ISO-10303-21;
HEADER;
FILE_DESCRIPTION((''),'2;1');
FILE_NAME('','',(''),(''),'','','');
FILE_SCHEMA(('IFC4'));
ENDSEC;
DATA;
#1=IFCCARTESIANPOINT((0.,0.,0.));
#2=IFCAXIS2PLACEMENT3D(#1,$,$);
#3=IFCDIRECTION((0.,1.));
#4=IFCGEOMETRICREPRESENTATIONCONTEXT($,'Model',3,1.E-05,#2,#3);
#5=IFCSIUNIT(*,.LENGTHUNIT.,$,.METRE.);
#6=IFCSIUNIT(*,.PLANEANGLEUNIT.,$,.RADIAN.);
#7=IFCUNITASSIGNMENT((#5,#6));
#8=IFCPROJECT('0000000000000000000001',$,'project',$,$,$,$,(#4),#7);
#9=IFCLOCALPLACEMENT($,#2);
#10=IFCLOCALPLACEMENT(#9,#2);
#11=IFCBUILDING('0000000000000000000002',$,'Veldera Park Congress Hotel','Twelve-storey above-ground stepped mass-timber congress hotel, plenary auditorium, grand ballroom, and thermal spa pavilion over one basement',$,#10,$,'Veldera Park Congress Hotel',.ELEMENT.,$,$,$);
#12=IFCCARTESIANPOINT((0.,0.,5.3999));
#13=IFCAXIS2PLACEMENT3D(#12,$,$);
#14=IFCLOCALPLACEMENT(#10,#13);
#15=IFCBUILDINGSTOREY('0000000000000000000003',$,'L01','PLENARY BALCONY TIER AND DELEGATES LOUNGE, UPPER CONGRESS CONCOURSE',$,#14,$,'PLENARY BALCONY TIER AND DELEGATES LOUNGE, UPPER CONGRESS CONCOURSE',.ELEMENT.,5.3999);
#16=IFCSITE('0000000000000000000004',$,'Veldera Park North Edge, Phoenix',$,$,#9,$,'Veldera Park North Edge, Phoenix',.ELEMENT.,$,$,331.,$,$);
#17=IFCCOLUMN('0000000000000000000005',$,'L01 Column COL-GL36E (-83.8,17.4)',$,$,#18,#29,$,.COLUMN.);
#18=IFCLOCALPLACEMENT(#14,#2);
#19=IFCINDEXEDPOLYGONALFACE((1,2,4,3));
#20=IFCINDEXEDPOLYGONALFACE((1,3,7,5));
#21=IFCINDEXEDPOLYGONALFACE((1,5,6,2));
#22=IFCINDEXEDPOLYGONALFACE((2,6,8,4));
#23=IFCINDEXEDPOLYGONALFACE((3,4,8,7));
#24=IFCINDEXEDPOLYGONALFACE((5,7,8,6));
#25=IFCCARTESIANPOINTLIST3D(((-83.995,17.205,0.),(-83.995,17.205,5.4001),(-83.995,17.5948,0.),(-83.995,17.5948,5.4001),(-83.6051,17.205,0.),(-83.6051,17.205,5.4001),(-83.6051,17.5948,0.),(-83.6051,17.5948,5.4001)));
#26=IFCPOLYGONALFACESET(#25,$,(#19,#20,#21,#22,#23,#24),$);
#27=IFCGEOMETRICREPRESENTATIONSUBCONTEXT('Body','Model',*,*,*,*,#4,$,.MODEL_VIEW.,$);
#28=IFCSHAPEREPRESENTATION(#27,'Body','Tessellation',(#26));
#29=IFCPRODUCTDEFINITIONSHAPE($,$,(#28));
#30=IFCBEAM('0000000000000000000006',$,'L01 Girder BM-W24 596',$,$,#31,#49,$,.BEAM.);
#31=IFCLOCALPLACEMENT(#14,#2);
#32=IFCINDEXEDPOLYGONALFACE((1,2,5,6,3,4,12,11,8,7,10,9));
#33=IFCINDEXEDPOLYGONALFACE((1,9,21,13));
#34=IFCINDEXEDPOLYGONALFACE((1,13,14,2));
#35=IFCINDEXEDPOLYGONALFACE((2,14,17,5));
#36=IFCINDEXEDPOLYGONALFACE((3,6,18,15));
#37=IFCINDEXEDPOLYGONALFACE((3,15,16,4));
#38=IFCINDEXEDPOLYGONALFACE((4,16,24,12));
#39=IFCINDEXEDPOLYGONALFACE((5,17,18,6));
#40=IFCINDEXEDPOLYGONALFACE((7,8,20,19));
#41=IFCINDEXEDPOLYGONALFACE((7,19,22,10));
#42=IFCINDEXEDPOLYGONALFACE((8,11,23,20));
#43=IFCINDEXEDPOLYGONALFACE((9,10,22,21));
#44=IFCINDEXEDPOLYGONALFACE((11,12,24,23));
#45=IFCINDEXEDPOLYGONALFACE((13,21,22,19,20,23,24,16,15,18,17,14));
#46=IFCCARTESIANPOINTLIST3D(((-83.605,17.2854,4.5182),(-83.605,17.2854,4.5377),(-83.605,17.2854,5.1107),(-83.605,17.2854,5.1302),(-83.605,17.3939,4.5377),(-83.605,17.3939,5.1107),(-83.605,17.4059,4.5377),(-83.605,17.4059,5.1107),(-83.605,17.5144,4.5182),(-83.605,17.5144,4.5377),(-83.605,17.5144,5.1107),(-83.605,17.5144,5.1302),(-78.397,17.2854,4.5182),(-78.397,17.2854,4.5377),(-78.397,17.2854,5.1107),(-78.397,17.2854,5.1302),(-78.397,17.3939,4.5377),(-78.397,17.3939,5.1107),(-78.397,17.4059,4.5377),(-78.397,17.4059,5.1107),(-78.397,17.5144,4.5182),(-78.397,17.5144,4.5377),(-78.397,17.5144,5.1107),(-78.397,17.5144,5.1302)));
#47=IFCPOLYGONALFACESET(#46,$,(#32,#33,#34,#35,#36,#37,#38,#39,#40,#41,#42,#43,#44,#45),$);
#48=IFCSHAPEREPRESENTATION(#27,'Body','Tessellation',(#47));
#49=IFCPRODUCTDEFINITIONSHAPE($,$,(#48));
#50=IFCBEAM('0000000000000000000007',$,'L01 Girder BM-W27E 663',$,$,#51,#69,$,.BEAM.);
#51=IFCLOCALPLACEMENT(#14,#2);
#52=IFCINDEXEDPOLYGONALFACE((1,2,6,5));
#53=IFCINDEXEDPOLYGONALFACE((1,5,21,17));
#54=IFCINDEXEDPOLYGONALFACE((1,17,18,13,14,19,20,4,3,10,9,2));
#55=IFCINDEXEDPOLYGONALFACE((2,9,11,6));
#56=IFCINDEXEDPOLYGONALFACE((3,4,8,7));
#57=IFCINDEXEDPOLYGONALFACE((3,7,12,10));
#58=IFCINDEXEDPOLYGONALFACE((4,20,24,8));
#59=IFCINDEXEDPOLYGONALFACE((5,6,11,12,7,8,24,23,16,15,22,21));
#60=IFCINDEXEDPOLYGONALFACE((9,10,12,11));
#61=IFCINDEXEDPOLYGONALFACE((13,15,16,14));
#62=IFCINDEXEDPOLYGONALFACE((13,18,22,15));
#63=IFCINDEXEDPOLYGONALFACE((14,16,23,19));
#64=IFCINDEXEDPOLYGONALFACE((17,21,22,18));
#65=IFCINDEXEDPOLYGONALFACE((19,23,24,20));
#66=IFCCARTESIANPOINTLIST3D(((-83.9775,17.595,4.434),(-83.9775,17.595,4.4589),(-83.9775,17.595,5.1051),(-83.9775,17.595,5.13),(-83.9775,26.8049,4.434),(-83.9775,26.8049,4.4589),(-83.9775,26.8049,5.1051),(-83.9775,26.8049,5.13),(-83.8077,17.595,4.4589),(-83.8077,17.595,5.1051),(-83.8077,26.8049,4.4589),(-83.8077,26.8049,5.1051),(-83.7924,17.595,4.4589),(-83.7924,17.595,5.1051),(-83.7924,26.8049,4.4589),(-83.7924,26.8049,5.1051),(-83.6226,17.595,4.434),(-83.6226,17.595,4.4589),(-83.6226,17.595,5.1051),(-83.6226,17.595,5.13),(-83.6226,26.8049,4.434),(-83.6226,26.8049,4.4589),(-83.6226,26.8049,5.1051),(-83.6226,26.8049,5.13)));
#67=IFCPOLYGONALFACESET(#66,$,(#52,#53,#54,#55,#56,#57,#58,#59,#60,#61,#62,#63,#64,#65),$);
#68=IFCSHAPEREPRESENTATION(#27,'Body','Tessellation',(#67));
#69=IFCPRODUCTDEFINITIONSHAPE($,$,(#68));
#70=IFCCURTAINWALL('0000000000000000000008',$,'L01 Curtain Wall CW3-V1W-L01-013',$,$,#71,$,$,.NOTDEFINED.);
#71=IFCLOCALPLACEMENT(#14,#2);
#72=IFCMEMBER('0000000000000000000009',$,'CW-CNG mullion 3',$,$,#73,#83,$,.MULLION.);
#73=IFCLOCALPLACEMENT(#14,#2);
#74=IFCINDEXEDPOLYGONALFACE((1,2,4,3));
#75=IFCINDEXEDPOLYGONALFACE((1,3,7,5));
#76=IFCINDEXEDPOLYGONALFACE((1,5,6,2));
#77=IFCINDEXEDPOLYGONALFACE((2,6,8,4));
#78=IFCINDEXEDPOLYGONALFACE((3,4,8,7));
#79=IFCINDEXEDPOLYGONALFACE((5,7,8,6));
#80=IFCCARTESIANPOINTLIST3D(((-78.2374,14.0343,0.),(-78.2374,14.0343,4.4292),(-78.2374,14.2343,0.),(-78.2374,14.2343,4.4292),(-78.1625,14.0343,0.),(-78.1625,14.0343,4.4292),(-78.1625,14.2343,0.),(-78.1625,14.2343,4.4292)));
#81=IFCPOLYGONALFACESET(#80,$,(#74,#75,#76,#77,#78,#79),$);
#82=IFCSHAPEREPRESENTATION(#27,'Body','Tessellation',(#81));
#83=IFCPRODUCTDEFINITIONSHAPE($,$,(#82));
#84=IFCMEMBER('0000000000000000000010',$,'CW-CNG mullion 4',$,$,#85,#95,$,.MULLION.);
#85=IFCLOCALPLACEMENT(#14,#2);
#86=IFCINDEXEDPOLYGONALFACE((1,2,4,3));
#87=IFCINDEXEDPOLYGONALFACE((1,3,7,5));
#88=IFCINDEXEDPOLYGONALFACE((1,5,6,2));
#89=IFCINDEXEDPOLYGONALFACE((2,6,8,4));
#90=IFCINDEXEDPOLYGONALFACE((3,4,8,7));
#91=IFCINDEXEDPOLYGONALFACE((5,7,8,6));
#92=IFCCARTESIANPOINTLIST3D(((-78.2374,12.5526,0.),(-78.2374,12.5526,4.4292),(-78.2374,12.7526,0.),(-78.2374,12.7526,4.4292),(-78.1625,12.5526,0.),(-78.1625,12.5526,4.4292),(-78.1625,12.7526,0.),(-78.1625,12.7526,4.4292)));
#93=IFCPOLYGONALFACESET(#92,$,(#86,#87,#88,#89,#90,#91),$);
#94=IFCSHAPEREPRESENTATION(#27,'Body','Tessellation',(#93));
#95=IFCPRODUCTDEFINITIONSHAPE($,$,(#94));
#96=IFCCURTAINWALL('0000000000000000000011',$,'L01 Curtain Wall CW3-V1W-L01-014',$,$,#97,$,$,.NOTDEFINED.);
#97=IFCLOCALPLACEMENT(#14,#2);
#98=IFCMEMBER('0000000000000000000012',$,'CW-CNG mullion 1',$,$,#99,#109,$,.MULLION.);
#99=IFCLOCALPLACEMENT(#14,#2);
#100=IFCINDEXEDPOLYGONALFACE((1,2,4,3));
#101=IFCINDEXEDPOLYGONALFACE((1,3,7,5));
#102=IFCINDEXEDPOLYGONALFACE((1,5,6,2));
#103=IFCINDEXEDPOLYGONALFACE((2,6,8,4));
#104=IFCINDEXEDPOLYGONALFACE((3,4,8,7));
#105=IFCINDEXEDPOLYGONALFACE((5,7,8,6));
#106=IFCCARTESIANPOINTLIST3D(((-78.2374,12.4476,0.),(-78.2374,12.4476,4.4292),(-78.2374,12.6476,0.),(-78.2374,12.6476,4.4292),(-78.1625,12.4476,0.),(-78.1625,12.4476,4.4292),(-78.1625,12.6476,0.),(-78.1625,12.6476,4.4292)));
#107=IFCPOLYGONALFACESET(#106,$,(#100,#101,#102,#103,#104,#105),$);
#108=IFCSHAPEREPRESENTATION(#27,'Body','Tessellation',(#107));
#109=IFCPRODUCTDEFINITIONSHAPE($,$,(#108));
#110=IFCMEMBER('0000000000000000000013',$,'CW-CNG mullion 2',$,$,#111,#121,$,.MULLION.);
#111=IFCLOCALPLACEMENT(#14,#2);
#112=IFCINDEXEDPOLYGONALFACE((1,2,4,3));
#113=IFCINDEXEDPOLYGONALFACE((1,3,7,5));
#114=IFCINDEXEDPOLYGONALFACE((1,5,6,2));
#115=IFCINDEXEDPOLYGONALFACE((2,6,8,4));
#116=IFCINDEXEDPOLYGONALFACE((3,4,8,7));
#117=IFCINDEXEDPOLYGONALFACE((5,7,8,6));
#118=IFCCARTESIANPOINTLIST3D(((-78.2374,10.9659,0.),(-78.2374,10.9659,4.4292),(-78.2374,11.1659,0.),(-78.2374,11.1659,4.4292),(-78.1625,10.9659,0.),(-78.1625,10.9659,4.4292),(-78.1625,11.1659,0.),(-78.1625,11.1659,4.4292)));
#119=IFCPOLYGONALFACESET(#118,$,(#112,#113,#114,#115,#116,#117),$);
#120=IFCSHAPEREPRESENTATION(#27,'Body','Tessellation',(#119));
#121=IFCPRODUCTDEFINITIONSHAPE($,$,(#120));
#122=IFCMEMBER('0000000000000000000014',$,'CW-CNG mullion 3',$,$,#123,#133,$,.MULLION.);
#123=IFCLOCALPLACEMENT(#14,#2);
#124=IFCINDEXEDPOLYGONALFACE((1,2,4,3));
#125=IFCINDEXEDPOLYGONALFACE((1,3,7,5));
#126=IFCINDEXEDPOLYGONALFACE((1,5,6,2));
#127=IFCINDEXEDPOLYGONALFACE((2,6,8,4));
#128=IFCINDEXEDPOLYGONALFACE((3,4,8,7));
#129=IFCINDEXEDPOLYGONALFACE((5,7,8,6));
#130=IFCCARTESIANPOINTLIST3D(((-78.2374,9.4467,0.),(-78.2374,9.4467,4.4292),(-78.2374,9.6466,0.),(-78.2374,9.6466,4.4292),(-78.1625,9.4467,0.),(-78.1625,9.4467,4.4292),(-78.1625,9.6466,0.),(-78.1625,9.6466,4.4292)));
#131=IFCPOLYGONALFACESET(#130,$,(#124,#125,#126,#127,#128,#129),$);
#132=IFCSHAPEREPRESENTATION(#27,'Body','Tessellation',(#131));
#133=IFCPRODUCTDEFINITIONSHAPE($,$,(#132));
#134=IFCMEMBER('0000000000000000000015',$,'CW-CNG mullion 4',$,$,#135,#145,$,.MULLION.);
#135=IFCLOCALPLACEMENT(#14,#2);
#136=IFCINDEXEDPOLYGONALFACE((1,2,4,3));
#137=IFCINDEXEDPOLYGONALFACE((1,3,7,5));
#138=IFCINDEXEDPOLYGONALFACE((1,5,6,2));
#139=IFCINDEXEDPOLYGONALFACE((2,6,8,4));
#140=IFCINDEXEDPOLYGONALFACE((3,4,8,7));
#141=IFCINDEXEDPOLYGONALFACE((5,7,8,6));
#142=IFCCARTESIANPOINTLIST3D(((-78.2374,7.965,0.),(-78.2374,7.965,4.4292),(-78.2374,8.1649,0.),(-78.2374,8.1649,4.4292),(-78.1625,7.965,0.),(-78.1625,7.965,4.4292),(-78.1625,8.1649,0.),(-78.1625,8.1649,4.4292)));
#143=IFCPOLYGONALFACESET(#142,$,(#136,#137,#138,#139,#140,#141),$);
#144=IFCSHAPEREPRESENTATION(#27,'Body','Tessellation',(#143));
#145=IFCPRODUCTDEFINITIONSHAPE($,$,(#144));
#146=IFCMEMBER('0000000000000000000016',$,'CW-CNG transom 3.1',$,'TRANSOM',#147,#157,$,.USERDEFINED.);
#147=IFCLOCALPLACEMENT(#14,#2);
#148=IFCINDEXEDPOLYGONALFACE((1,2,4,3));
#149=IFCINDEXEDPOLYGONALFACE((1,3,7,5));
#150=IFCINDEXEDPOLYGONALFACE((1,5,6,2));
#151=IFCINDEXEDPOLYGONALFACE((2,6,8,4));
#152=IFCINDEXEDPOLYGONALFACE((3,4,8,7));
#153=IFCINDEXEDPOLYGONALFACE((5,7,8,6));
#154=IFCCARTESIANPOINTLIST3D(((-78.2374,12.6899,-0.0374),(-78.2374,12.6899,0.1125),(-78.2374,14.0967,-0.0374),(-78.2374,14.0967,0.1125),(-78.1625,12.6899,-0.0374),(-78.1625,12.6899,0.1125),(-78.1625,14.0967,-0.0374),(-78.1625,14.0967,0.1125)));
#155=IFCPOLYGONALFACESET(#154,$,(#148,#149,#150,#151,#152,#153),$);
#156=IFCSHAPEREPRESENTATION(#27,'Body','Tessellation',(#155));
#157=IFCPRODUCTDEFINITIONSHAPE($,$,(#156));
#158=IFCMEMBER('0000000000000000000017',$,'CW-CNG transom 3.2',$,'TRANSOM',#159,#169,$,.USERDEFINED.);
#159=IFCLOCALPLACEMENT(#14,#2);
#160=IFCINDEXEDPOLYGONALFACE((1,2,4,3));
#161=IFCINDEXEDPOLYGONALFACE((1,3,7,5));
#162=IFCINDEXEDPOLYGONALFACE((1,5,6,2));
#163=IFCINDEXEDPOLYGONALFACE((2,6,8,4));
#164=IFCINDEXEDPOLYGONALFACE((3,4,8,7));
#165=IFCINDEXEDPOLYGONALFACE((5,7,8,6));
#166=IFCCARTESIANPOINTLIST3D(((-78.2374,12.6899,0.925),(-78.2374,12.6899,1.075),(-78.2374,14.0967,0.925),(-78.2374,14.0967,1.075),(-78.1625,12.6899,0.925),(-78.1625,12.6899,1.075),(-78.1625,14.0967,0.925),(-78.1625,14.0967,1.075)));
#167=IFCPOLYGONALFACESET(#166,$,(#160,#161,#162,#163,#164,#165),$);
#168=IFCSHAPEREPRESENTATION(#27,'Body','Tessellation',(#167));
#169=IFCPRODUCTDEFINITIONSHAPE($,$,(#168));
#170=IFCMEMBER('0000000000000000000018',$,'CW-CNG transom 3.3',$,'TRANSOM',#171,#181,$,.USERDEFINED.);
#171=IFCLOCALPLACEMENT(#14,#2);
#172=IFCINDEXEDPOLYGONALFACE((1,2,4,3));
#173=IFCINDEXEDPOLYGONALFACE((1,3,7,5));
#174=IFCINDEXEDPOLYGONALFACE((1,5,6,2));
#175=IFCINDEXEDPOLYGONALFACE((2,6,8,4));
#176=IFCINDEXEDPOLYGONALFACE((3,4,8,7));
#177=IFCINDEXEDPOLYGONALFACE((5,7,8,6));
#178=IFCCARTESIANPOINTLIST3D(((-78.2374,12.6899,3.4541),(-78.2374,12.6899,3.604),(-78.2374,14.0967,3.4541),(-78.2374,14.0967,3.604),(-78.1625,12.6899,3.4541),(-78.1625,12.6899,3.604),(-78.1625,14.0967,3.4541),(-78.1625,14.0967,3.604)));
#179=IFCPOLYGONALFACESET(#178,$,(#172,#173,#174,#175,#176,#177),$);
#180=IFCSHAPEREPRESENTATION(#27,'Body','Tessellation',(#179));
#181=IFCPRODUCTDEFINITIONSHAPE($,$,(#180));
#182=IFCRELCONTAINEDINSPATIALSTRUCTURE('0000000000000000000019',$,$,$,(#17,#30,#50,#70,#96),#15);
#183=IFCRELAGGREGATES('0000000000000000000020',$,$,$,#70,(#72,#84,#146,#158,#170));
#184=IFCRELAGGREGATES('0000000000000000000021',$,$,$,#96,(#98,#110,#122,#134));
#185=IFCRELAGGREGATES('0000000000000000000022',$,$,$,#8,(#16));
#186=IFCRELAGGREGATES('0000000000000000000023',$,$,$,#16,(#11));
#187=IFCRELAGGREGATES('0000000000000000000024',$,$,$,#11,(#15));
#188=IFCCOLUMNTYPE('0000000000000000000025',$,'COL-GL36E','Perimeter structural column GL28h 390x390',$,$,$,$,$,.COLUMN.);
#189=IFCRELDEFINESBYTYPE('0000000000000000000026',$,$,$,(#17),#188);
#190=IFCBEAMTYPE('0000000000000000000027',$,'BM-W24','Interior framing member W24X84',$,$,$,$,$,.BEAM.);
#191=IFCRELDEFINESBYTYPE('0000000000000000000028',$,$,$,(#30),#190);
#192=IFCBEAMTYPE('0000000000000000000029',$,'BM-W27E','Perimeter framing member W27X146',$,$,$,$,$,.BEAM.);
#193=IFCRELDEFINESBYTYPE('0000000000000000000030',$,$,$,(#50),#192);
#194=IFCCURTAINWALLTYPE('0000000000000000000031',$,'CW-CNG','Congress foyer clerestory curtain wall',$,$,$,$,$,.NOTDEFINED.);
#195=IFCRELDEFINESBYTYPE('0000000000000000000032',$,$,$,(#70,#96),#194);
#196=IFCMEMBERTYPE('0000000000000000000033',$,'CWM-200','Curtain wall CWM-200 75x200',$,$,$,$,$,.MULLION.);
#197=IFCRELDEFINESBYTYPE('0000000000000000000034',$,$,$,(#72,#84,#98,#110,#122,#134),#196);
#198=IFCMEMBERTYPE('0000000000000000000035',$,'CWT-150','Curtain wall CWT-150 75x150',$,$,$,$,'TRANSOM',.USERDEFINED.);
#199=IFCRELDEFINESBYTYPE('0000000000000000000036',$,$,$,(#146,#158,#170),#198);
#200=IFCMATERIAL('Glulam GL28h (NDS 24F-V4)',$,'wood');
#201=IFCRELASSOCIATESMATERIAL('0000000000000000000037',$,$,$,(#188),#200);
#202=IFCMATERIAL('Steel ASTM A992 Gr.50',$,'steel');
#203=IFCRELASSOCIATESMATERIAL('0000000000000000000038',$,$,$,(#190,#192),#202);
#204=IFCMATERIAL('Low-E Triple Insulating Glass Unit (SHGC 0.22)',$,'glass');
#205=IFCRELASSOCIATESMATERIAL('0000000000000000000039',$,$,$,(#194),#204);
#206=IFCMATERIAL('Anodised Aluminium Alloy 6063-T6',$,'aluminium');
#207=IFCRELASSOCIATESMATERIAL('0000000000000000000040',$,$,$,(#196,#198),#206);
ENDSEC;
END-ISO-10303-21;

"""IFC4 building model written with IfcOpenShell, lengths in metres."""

from ifc_helpers import new_model, si_unit, direction, frame, origin, origin_2d, place, context, subcontext, project, spatial, rectangle, i_section, extrude, material, material_profile, profile_set, type_object, element, aggregate, save


model = new_model("IFC4")

# Units and contexts
model_context = context("Model", 3, precision=1e-05, world=origin(), true_north=direction((0.0, 1.0)))
body_context = subcontext(model_context, "Body", "Model", "MODEL_VIEW")
ifc_project = project(units=[si_unit("LENGTHUNIT", "METRE"), si_unit("PLANEANGLEUNIT", "RADIAN")], contexts=[model_context])

# Site, building, storey
site_placement = place(None, origin())
site = spatial("IfcSite", under=ifc_project, at=site_placement, Name="Veldera Park North Edge, Phoenix", LongName="Veldera Park North Edge, Phoenix", CompositionType="ELEMENT", RefElevation=331.0)
building_placement = place(site_placement, origin())
building = spatial("IfcBuilding", under=site, at=building_placement, Name="Veldera Park Congress Hotel", Description="Twelve-storey above-ground stepped mass-timber congress hotel, plenary auditorium, grand ballroom, and thermal spa pavilion over one basement", LongName="Veldera Park Congress Hotel", CompositionType="ELEMENT")
storey_placement = place(building_placement, frame((0.0, 0.0, 5.3999)))
storey = spatial("IfcBuildingStorey", under=building, at=storey_placement, Name="L01", Description="PLENARY BALCONY TIER AND DELEGATES LOUNGE, UPPER CONGRESS CONCOURSE", LongName="PLENARY BALCONY TIER AND DELEGATES LOUNGE, UPPER CONGRESS CONCOURSE", CompositionType="ELEMENT", Elevation=5.3999)

# Column
ifc_material_1 = material(Name="Glulam GL28h (NDS 24F-V4)", Category="wood")
ifc_material_profile_1 = material_profile(ifc_material_1, rectangle(XDim=0.3899, YDim=0.3899, at=origin_2d()), Name="GL28h 390x390")
ifc_profile_set_1 = profile_set([ifc_material_profile_1], Name="Glulam GL28h (NDS 24F-V4)")
column_type = type_object("IfcColumnType", Name="COL-GL36E", Description="Perimeter structural column GL28h 390x390", PredefinedType="COLUMN", material=ifc_profile_set_1)
column_placement = place(storey_placement, frame((-83.8, 17.3999, 0.0), z_axis=(0.0, 0.0, 1.0), x_axis=(1.0, 0.0, 0.0)))
element("IfcColumn", 1, at=column_placement, inside=storey, type_object=column_type, Name="L01 Column COL-GL36E (-83.8,17.4)", PredefinedType="COLUMN", context=body_context, shape_type="SweptSolid", body=[
    extrude(rectangle(XDim=0.3899, YDim=0.3899, at=origin_2d()), origin(), (0.0, 0.0, 1.0), 5.4001),
])

# Beams
ifc_material_2 = material(Name="Steel ASTM A992 Gr.50", Category="steel")
ifc_material_profile_2 = material_profile(ifc_material_2, i_section(OverallWidth=0.229, OverallDepth=0.6121, WebThickness=0.012, FlangeThickness=0.0195, at=origin_2d()), Name="W24X84")
ifc_profile_set_2 = profile_set([ifc_material_profile_2], Name="Steel ASTM A992 Gr.50")
beam_type_1 = type_object("IfcBeamType", Name="BM-W24", Description="Interior framing member W24X84", PredefinedType="BEAM", material=ifc_profile_set_2)
beam_1_placement = place(storey_placement, frame((-83.605, 17.3999, 4.8242), z_axis=(1.0, 0.0, 0.0), x_axis=(0.0, 1.0, 0.0)))
element("IfcBeam", 2, at=beam_1_placement, inside=storey, type_object=beam_type_1, Name="L01 Girder BM-W24 596", PredefinedType="BEAM", context=body_context, shape_type="SweptSolid", body=[
    extrude(i_section(OverallWidth=0.229, OverallDepth=0.6121, WebThickness=0.012, FlangeThickness=0.0195, at=origin_2d()), origin(), (0.0, 0.0, 1.0), 5.208),
])
ifc_material_profile_3 = material_profile(ifc_material_2, i_section(OverallWidth=0.355, OverallDepth=0.696, WebThickness=0.0154, FlangeThickness=0.0249, at=origin_2d()), Name="W27X146")
ifc_profile_set_3 = profile_set([ifc_material_profile_3], Name="Steel ASTM A992 Gr.50")
beam_type_2 = type_object("IfcBeamType", Name="BM-W27E", Description="Perimeter framing member W27X146", PredefinedType="BEAM", material=ifc_profile_set_3)
beam_2_placement = place(storey_placement, frame((-83.8, 17.595, 4.782), z_axis=(0.0, 1.0, 0.0), x_axis=(-1.0, 0.0, 0.0)))
element("IfcBeam", 3, at=beam_2_placement, inside=storey, type_object=beam_type_2, Name="L01 Girder BM-W27E 663", PredefinedType="BEAM", context=body_context, shape_type="SweptSolid", body=[
    extrude(i_section(OverallWidth=0.355, OverallDepth=0.696, WebThickness=0.0154, FlangeThickness=0.0249, at=origin_2d()), origin(), (0.0, 0.0, 1.0), 9.21),
])

# Curtain walls, members
ifc_material_3 = material(Name="Low-E Triple Insulating Glass Unit (SHGC 0.22)", Category="glass")
curtain_wall_type = type_object("IfcCurtainWallType", Name="CW-CNG", Description="Congress foyer clerestory curtain wall", PredefinedType="NOTDEFINED", material=ifc_material_3)
curtain_wall_1_placement = place(storey_placement, origin())
curtain_wall_1 = element("IfcCurtainWall", 4, at=curtain_wall_1_placement, inside=storey, type_object=curtain_wall_type, Name="L01 Curtain Wall CW3-V1W-L01-013", PredefinedType="NOTDEFINED")
ifc_material_4 = material(Name="Anodised Aluminium Alloy 6063-T6", Category="aluminium")
ifc_material_profile_4 = material_profile(ifc_material_4, rectangle(XDim=0.075, YDim=0.2, at=origin_2d()), Name="ALU 75x200")
ifc_profile_set_4 = profile_set([ifc_material_profile_4], Name="Anodised Aluminium Alloy 6063-T6")
member_type_1 = type_object("IfcMemberType", Name="CWM-200", Description="Curtain wall CWM-200 75x200", PredefinedType="MULLION", material=ifc_profile_set_4)
member_1_placement = place(storey_placement, frame((-78.2, 14.1343, 0.0), z_axis=(0.0, 0.0, 1.0), x_axis=(1.0, 0.0, 0.0)))
member_1 = element("IfcMember", 5, at=member_1_placement, type_object=member_type_1, Name="CW-CNG mullion 3", PredefinedType="MULLION", context=body_context, shape_type="SweptSolid", body=[
    extrude(rectangle(XDim=0.075, YDim=0.2, at=origin_2d()), origin(), (0.0, 0.0, 1.0), 4.4292),
])
member_2_placement = place(storey_placement, frame((-78.2, 12.6526, 0.0), z_axis=(0.0, 0.0, 1.0), x_axis=(1.0, 0.0, 0.0)))
member_2 = element("IfcMember", 6, at=member_2_placement, type_object=member_type_1, Name="CW-CNG mullion 4", PredefinedType="MULLION", context=body_context, shape_type="SweptSolid", body=[
    extrude(rectangle(XDim=0.075, YDim=0.2, at=origin_2d()), origin(), (0.0, 0.0, 1.0), 4.4292),
])
curtain_wall_2_placement = place(storey_placement, origin())
curtain_wall_2 = element("IfcCurtainWall", 7, at=curtain_wall_2_placement, inside=storey, type_object=curtain_wall_type, Name="L01 Curtain Wall CW3-V1W-L01-014", PredefinedType="NOTDEFINED")
member_3_placement = place(storey_placement, frame((-78.2, 12.5476, 0.0), z_axis=(0.0, 0.0, 1.0), x_axis=(1.0, 0.0, 0.0)))
member_3 = element("IfcMember", 8, at=member_3_placement, type_object=member_type_1, Name="CW-CNG mullion 1", PredefinedType="MULLION", context=body_context, shape_type="SweptSolid", body=[
    extrude(rectangle(XDim=0.075, YDim=0.2, at=origin_2d()), origin(), (0.0, 0.0, 1.0), 4.4292),
])
member_4_placement = place(storey_placement, frame((-78.2, 11.0659, 0.0), z_axis=(0.0, 0.0, 1.0), x_axis=(1.0, 0.0, 0.0)))
member_4 = element("IfcMember", 9, at=member_4_placement, type_object=member_type_1, Name="CW-CNG mullion 2", PredefinedType="MULLION", context=body_context, shape_type="SweptSolid", body=[
    extrude(rectangle(XDim=0.075, YDim=0.2, at=origin_2d()), origin(), (0.0, 0.0, 1.0), 4.4292),
])
member_5_placement = place(storey_placement, frame((-78.2, 9.5466, 0.0), z_axis=(0.0, 0.0, 1.0), x_axis=(1.0, 0.0, 0.0)))
member_5 = element("IfcMember", 10, at=member_5_placement, type_object=member_type_1, Name="CW-CNG mullion 3", PredefinedType="MULLION", context=body_context, shape_type="SweptSolid", body=[
    extrude(rectangle(XDim=0.075, YDim=0.2, at=origin_2d()), origin(), (0.0, 0.0, 1.0), 4.4292),
])
member_6_placement = place(storey_placement, frame((-78.2, 8.0649, 0.0), z_axis=(0.0, 0.0, 1.0), x_axis=(1.0, 0.0, 0.0)))
member_6 = element("IfcMember", 11, at=member_6_placement, type_object=member_type_1, Name="CW-CNG mullion 4", PredefinedType="MULLION", context=body_context, shape_type="SweptSolid", body=[
    extrude(rectangle(XDim=0.075, YDim=0.2, at=origin_2d()), origin(), (0.0, 0.0, 1.0), 4.4292),
])

# Members
ifc_material_profile_5 = material_profile(ifc_material_4, rectangle(XDim=0.075, YDim=0.1499, at=origin_2d()), Name="ALU 75x150")
ifc_profile_set_5 = profile_set([ifc_material_profile_5], Name="Anodised Aluminium Alloy 6063-T6")
member_type_2 = type_object("IfcMemberType", Name="CWT-150", Description="Curtain wall CWT-150 75x150", ElementType="TRANSOM", PredefinedType="USERDEFINED", material=ifc_profile_set_5)
member_7_placement = place(storey_placement, frame((-78.2, 14.0967, 0.0376), z_axis=(0.0, -1.0, 0.0), x_axis=(1.0, 0.0, 0.0)))
member_7 = element("IfcMember", 12, at=member_7_placement, type_object=member_type_2, Name="CW-CNG transom 3.1", ObjectType="TRANSOM", PredefinedType="USERDEFINED", context=body_context, shape_type="SweptSolid", body=[
    extrude(rectangle(XDim=0.075, YDim=0.1499, at=origin_2d()), origin(), (0.0, 0.0, 1.0), 1.4067),
])
member_8_placement = place(storey_placement, frame((-78.2, 14.0967, 1.0), z_axis=(0.0, -1.0, 0.0), x_axis=(1.0, 0.0, 0.0)))
member_8 = element("IfcMember", 13, at=member_8_placement, type_object=member_type_2, Name="CW-CNG transom 3.2", ObjectType="TRANSOM", PredefinedType="USERDEFINED", context=body_context, shape_type="SweptSolid", body=[
    extrude(rectangle(XDim=0.075, YDim=0.1499, at=origin_2d()), origin(), (0.0, 0.0, 1.0), 1.4067),
])
member_9_placement = place(storey_placement, frame((-78.2, 14.0967, 3.5291), z_axis=(0.0, -1.0, 0.0), x_axis=(1.0, 0.0, 0.0)))
member_9 = element("IfcMember", 14, at=member_9_placement, type_object=member_type_2, Name="CW-CNG transom 3.3", ObjectType="TRANSOM", PredefinedType="USERDEFINED", context=body_context, shape_type="SweptSolid", body=[
    extrude(rectangle(XDim=0.075, YDim=0.1499, at=origin_2d()), origin(), (0.0, 0.0, 1.0), 1.4067),
])

aggregate(curtain_wall_1, [member_1, member_2, member_7, member_8, member_9])
aggregate(curtain_wall_2, [member_3, member_4, member_5, member_6])

save(model, "model.ifc")
